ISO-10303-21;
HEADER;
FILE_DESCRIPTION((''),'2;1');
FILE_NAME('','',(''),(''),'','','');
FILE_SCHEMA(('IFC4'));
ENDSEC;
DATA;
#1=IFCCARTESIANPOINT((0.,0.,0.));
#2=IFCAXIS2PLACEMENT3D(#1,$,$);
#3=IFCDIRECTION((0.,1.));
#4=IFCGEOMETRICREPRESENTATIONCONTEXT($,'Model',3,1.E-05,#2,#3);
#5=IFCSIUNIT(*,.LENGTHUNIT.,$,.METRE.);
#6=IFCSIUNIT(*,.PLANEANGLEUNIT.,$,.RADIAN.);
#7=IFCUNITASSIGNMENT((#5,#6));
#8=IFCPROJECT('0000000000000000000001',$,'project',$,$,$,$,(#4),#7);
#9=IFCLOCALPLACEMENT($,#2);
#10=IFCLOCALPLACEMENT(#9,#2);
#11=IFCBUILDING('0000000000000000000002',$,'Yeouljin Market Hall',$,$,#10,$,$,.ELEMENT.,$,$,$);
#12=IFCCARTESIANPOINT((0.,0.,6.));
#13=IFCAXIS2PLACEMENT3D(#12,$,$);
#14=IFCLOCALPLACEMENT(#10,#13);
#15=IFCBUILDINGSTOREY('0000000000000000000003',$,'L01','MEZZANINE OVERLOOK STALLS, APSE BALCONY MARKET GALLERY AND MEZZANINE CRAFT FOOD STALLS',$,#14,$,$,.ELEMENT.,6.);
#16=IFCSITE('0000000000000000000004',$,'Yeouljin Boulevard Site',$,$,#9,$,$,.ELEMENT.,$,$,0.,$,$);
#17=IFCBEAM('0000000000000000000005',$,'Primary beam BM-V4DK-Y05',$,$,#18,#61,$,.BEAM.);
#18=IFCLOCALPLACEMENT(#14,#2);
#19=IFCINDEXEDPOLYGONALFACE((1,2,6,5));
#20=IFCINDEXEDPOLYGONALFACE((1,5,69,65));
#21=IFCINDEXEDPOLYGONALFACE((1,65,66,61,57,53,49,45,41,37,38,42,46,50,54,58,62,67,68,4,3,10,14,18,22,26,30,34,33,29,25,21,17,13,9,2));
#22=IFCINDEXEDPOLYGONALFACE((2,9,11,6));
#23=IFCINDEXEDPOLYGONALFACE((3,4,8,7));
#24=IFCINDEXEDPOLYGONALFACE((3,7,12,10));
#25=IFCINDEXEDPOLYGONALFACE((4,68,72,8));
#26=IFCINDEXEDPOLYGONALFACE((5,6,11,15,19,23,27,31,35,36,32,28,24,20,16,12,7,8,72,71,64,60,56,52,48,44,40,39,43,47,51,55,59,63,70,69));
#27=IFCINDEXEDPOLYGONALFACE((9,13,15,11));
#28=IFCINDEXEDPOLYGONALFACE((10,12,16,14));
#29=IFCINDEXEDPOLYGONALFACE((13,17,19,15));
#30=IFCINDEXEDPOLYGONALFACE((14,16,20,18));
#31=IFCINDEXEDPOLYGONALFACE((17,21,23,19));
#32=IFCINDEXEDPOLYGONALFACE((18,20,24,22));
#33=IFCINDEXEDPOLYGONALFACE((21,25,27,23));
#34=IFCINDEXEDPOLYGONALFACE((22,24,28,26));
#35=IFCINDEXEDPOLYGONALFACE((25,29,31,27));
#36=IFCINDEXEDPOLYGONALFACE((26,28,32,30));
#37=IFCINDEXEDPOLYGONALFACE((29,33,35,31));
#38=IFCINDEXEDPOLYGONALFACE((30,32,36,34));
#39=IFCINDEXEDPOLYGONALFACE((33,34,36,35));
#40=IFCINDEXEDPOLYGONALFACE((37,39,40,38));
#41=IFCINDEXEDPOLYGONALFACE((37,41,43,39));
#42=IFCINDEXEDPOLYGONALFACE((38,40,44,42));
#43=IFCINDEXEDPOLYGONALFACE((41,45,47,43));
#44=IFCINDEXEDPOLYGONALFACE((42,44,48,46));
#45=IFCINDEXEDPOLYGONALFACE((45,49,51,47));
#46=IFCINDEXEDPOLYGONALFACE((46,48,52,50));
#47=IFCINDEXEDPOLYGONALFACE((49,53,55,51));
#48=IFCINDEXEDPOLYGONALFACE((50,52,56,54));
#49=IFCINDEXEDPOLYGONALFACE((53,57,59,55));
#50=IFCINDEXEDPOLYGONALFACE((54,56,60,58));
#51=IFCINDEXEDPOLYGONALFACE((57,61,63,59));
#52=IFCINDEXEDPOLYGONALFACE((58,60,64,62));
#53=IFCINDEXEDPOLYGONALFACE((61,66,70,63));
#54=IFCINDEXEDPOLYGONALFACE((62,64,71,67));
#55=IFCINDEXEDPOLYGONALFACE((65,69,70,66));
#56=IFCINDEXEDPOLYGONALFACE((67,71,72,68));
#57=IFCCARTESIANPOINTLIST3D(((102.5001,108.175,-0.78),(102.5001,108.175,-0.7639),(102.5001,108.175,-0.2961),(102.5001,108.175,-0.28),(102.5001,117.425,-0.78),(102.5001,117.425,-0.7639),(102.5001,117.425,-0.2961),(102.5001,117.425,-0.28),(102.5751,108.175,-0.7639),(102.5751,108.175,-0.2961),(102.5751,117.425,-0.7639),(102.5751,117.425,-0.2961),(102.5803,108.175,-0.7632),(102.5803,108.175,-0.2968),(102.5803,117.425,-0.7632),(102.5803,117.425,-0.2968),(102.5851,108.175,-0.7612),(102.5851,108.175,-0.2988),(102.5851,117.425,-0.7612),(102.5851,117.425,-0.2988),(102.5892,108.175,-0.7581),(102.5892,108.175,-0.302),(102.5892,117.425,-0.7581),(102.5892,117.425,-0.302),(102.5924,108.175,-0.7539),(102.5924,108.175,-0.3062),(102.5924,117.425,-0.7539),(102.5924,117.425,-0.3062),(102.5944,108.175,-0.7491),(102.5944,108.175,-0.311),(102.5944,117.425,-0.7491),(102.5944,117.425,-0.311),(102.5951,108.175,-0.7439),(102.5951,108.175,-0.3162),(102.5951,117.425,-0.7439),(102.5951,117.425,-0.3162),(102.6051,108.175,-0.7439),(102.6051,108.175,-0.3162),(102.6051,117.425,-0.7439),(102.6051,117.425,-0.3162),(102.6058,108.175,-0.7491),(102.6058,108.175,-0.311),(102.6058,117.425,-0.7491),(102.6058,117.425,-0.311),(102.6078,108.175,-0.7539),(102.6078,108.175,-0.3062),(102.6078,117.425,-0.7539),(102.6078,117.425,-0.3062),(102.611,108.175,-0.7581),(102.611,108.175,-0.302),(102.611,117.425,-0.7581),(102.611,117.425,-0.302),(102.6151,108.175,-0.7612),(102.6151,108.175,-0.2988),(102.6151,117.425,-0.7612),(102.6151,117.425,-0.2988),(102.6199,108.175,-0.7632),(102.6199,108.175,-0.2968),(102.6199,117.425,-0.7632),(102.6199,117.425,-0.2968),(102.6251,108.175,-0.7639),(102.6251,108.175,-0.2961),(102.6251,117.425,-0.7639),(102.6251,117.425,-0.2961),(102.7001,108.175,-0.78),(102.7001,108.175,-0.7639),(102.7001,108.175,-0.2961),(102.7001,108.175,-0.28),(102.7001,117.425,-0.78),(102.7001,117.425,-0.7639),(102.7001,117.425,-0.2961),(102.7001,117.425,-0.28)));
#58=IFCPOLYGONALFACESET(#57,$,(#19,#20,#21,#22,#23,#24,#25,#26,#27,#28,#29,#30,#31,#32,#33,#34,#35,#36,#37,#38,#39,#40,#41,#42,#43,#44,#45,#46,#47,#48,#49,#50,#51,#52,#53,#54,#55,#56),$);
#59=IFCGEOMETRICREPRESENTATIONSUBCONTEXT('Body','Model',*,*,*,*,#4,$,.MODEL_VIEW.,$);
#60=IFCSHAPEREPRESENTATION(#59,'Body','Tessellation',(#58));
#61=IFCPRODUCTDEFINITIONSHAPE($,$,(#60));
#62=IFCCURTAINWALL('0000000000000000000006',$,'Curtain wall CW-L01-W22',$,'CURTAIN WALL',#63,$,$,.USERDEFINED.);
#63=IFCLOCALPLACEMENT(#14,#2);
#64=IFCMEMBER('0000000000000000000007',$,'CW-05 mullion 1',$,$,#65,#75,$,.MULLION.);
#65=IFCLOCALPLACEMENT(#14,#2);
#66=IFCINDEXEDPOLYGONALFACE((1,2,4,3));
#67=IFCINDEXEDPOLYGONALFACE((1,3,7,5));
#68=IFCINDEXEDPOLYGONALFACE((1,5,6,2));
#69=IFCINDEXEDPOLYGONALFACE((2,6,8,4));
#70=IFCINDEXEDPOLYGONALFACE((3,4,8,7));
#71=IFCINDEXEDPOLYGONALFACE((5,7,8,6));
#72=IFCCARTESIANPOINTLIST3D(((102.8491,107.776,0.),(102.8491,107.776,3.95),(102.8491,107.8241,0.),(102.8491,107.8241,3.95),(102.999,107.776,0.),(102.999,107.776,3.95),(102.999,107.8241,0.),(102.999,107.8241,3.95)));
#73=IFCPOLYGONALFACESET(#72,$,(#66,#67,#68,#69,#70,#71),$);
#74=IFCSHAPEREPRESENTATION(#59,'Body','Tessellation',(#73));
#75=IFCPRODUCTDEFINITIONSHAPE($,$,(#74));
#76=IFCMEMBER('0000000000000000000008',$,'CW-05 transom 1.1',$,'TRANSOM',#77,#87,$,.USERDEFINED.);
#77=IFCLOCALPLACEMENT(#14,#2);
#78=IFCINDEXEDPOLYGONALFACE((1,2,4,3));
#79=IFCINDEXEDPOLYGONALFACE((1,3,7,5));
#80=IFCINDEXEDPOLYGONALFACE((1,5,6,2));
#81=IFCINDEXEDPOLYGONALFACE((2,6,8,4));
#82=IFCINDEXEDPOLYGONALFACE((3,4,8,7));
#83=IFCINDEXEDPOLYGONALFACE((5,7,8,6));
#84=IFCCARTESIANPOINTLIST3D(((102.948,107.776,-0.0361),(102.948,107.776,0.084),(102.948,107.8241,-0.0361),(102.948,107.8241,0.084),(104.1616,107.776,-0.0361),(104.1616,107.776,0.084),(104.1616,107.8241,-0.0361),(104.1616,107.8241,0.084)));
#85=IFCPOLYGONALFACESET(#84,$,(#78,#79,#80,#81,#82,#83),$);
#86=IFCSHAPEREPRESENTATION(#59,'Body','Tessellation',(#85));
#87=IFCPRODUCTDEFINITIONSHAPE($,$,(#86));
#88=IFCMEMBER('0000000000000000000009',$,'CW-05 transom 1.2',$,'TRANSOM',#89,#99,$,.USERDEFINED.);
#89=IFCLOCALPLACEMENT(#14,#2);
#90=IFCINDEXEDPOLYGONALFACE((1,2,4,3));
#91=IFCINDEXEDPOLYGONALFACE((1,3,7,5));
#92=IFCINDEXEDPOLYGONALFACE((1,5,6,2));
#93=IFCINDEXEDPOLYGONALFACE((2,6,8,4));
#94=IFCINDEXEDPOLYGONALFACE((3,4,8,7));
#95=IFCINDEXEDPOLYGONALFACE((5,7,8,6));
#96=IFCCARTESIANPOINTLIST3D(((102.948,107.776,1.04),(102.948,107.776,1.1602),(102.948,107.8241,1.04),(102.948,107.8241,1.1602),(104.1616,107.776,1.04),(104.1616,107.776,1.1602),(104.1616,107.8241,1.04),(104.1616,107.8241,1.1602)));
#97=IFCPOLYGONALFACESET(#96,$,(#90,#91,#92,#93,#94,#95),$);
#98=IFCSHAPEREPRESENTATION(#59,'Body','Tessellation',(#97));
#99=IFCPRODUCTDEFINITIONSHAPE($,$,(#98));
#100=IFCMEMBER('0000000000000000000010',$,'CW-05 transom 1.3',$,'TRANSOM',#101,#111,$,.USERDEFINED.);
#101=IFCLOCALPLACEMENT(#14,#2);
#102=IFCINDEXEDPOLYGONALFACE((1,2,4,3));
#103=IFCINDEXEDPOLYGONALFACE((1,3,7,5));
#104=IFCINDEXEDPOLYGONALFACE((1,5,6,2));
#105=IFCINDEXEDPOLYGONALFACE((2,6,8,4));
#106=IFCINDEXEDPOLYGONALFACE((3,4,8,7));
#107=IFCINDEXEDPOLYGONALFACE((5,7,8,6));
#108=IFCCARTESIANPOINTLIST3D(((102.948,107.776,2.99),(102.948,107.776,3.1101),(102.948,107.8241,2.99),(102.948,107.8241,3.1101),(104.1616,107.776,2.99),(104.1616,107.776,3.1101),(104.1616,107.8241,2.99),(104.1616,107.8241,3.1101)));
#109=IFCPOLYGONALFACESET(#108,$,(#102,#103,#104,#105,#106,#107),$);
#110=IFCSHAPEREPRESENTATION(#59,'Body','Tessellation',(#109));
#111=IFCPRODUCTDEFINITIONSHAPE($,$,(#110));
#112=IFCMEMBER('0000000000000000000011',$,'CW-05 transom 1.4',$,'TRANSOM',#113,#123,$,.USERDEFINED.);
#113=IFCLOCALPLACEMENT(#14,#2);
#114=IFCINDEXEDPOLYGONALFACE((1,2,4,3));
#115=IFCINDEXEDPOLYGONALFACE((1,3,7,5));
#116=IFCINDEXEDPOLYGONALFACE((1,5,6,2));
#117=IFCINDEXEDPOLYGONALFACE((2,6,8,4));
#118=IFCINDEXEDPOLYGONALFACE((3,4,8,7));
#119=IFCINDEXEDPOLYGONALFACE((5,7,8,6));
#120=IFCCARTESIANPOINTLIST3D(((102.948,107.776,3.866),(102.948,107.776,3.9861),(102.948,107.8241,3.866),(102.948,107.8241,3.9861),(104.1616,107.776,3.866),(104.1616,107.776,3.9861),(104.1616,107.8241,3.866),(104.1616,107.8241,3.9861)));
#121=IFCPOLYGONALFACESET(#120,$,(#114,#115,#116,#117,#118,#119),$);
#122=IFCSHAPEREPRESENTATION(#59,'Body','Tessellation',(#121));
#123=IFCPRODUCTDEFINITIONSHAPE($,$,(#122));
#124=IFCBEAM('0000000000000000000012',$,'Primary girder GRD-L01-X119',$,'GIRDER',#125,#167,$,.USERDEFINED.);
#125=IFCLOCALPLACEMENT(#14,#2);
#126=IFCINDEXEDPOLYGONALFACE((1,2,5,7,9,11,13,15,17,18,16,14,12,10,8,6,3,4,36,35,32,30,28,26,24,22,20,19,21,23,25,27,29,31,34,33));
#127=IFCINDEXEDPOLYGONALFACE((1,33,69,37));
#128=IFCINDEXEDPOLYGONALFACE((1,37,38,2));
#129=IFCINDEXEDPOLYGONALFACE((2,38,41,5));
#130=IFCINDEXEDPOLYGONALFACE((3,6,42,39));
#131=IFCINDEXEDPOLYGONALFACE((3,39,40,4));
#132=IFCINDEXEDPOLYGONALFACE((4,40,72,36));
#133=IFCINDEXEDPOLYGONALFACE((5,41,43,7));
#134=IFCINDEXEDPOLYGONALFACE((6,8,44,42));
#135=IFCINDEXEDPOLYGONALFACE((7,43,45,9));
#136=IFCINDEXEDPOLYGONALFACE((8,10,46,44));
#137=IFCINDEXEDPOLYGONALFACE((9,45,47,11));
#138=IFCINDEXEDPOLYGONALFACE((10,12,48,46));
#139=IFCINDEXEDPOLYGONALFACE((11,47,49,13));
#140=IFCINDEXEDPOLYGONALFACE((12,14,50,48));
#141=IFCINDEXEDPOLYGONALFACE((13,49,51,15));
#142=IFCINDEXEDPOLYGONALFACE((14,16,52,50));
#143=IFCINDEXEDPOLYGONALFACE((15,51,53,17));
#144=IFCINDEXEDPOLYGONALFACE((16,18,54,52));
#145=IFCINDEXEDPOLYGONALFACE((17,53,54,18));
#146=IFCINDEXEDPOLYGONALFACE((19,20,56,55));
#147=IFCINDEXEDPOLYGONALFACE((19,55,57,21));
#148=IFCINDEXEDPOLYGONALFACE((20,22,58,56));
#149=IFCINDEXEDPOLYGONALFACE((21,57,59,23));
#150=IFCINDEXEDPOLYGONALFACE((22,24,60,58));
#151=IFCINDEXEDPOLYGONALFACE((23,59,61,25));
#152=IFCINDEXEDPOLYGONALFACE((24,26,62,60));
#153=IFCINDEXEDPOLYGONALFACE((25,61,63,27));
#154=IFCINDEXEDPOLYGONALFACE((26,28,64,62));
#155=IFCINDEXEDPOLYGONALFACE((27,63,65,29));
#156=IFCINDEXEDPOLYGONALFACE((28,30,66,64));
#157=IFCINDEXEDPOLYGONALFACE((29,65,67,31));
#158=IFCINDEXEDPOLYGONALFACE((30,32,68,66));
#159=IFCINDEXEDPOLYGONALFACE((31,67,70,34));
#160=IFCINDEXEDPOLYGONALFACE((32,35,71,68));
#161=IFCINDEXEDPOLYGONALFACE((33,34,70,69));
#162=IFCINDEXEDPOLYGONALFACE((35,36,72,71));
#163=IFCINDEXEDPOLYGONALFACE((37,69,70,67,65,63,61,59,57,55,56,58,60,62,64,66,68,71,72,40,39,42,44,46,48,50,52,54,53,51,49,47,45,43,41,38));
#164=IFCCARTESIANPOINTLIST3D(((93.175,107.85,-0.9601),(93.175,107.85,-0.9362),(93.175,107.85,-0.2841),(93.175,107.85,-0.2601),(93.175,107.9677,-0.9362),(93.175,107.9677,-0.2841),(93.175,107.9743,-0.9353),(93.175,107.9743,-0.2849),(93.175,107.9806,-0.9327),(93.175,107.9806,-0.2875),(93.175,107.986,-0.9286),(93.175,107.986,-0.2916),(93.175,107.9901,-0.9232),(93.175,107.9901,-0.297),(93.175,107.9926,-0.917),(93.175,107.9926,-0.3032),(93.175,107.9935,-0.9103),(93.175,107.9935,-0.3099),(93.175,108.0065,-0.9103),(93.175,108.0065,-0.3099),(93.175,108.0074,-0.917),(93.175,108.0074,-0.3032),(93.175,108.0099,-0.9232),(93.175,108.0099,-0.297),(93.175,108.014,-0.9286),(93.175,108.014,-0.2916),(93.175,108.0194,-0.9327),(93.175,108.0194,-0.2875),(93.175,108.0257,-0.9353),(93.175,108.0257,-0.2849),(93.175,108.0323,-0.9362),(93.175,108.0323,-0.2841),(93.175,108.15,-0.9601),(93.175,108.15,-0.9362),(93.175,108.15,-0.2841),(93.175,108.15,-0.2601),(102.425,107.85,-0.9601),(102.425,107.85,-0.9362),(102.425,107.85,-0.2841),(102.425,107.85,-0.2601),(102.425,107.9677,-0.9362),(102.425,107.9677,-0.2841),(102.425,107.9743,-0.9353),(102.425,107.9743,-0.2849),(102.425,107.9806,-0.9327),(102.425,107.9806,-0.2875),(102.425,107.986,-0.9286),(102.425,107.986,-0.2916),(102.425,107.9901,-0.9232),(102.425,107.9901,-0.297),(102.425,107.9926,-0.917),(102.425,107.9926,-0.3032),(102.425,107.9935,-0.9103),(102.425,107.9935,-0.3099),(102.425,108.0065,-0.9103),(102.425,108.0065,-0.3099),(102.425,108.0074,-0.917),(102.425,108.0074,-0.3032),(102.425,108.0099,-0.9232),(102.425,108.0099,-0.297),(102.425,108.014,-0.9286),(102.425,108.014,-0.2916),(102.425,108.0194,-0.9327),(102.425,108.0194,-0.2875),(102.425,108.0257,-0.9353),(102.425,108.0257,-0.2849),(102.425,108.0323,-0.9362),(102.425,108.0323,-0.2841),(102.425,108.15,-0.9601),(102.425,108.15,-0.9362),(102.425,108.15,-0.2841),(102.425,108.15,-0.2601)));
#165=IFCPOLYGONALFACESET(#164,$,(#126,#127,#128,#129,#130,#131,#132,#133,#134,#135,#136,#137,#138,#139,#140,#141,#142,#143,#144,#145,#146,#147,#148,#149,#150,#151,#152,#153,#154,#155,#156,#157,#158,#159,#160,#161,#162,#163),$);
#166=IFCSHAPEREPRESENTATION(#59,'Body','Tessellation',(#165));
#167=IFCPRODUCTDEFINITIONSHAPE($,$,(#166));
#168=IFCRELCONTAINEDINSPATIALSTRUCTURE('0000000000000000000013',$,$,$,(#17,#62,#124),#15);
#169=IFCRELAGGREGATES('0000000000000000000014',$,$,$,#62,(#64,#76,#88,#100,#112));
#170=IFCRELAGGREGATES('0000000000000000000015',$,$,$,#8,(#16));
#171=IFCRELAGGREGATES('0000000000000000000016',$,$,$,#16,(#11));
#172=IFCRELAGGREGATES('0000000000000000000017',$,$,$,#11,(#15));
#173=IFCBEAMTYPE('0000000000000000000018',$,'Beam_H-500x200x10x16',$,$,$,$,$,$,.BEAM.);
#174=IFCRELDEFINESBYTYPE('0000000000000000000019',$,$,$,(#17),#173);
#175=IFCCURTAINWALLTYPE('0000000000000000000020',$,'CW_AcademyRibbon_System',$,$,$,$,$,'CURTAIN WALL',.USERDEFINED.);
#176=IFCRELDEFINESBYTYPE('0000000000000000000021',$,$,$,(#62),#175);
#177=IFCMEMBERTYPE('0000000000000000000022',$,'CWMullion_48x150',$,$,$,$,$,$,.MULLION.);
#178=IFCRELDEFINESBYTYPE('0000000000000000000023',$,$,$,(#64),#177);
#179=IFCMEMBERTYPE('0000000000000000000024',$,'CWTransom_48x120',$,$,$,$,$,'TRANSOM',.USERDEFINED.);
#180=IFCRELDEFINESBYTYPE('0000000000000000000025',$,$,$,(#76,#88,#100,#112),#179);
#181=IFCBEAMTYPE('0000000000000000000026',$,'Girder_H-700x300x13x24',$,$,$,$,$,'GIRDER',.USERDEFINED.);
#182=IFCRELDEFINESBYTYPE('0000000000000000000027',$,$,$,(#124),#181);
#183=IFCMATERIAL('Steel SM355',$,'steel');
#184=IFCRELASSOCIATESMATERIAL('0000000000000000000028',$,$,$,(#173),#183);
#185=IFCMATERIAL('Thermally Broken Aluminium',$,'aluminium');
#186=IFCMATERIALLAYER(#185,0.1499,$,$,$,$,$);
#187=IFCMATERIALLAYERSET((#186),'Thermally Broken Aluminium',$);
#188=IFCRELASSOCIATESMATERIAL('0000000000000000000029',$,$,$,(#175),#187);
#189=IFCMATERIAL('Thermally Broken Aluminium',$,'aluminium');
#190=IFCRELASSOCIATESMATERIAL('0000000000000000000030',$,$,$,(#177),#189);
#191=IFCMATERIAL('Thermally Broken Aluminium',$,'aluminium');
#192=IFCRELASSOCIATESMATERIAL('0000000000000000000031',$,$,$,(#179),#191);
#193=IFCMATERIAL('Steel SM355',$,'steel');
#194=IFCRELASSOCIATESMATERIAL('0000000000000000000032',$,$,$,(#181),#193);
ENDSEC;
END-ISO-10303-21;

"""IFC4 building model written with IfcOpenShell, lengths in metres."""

from ifc_helpers import new_model, si_unit, direction, frame, origin, origin_2d, place, context, subcontext, project, spatial, rectangle, i_section, extrude, material, layer, layer_set, material_profile, profile_set, type_object, element, aggregate, save


model = new_model("IFC4")

# Units and contexts
model_context = context("Model", 3, precision=1e-05, world=origin(), true_north=direction((0.0, 1.0)))
body_context = subcontext(model_context, "Body", "Model", "MODEL_VIEW")
ifc_project = project(units=[si_unit("LENGTHUNIT", "METRE"), si_unit("PLANEANGLEUNIT", "RADIAN")], contexts=[model_context])

# Site, building, storey
site_placement = place(None, origin())
site = spatial("IfcSite", under=ifc_project, at=site_placement, Name="Yeouljin Boulevard Site", CompositionType="ELEMENT", RefElevation=0.0)
building_placement = place(site_placement, origin())
building = spatial("IfcBuilding", under=site, at=building_placement, Name="Yeouljin Market Hall", CompositionType="ELEMENT")
storey_placement = place(building_placement, frame((0.0, 0.0, 6.0)))
storey = spatial("IfcBuildingStorey", under=building, at=storey_placement, Name="L01", Description="MEZZANINE OVERLOOK STALLS, APSE BALCONY MARKET GALLERY AND MEZZANINE CRAFT FOOD STALLS", CompositionType="ELEMENT", Elevation=6.0)

# Beam
ifc_material_1 = material(Name="Steel SM355", Category="steel")
ifc_material_profile_1 = material_profile(ifc_material_1, i_section(OverallWidth=0.2, OverallDepth=0.5, WebThickness=0.01, FlangeThickness=0.0161, FilletRadius=0.02, at=origin_2d()), Name="H-500x200x10x16")
ifc_profile_set_1 = profile_set([ifc_material_profile_1], Name="Steel SM355")
beam_type_1 = type_object("IfcBeamType", Name="Beam_H-500x200x10x16", PredefinedType="BEAM", material=ifc_profile_set_1)
for number, where, z_axis, x_axis, name in (
    (1, (102.6001, 108.175, -0.53), (0.0, 1.0, 0.0), (-1.0, 0.0, 0.0), "Primary beam BM-V4DK-Y05"),
):
    element("IfcBeam", number, at=place(storey_placement, frame(where, z_axis=z_axis, x_axis=x_axis)), inside=storey, type_object=beam_type_1, Name=name, PredefinedType="BEAM", context=body_context, shape_type="SweptSolid", body=[
        extrude(i_section(OverallWidth=0.2, OverallDepth=0.5, WebThickness=0.01, FlangeThickness=0.0161, FilletRadius=0.02, at=origin_2d()), origin(), (0.0, 0.0, 1.0), 9.25),
    ])

# Curtain wall, members
ifc_material_2 = material(Name="Thermally Broken Aluminium", Category="aluminium")
ifc_layer_1 = layer(ifc_material_2, 0.1499)
ifc_layer_set_1 = layer_set([ifc_layer_1], Name="Thermally Broken Aluminium")
curtain_wall_type = type_object("IfcCurtainWallType", Name="CW_AcademyRibbon_System", ElementType="CURTAIN WALL", PredefinedType="USERDEFINED", material=ifc_layer_set_1)
curtain_wall_placement = place(storey_placement, origin())
curtain_wall = element("IfcCurtainWall", 2, at=curtain_wall_placement, inside=storey, type_object=curtain_wall_type, Name="Curtain wall CW-L01-W22", ObjectType="CURTAIN WALL", PredefinedType="USERDEFINED")
ifc_material_3 = material(Name="Thermally Broken Aluminium", Category="aluminium")
ifc_material_profile_2 = material_profile(ifc_material_3, rectangle(XDim=0.0481, YDim=0.1499, at=origin_2d()), Name="CW-MULL-48x150")
ifc_profile_set_2 = profile_set([ifc_material_profile_2], Name="Thermally Broken Aluminium")
member_type_1 = type_object("IfcMemberType", Name="CWMullion_48x150", PredefinedType="MULLION", material=ifc_profile_set_2)
member_1_placement = place(storey_placement, frame((102.9241, 107.8, 0.0), z_axis=(0.0, 0.0, 1.0), x_axis=(0.0, 1.0, 0.0)))
member_1 = element("IfcMember", 3, at=member_1_placement, type_object=member_type_1, Name="CW-05 mullion 1", PredefinedType="MULLION", context=body_context, shape_type="SweptSolid", body=[
    extrude(rectangle(XDim=0.0481, YDim=0.1499, at=origin_2d()), origin(), (0.0, 0.0, 1.0), 3.95),
])
ifc_material_4 = material(Name="Thermally Broken Aluminium", Category="aluminium")
ifc_material_profile_3 = material_profile(ifc_material_4, rectangle(XDim=0.0481, YDim=0.1201, at=origin_2d()), Name="CW-TRAN-48x120")
ifc_profile_set_3 = profile_set([ifc_material_profile_3], Name="Thermally Broken Aluminium")
member_type_2 = type_object("IfcMemberType", Name="CWTransom_48x120", ElementType="TRANSOM", PredefinedType="USERDEFINED", material=ifc_profile_set_3)
member_2_placement = place(storey_placement, frame((102.948, 107.8, 0.0239), z_axis=(1.0, 0.0, 0.0), x_axis=(0.0, 1.0, 0.0)))
member_2 = element("IfcMember", 4, at=member_2_placement, type_object=member_type_2, Name="CW-05 transom 1.1", ObjectType="TRANSOM", PredefinedType="USERDEFINED", context=body_context, shape_type="SweptSolid", body=[
    extrude(rectangle(XDim=0.0481, YDim=0.1201, at=origin_2d()), origin(), (0.0, 0.0, 1.0), 1.2136),
])
member_3_placement = place(storey_placement, frame((102.948, 107.8, 1.1001), z_axis=(1.0, 0.0, 0.0), x_axis=(0.0, 1.0, 0.0)))
member_3 = element("IfcMember", 5, at=member_3_placement, type_object=member_type_2, Name="CW-05 transom 1.2", ObjectType="TRANSOM", PredefinedType="USERDEFINED", context=body_context, shape_type="SweptSolid", body=[
    extrude(rectangle(XDim=0.0481, YDim=0.1201, at=origin_2d()), origin(), (0.0, 0.0, 1.0), 1.2136),
])
member_4_placement = place(storey_placement, frame((102.948, 107.8, 3.05), z_axis=(1.0, 0.0, 0.0), x_axis=(0.0, 1.0, 0.0)))
member_4 = element("IfcMember", 6, at=member_4_placement, type_object=member_type_2, Name="CW-05 transom 1.3", ObjectType="TRANSOM", PredefinedType="USERDEFINED", context=body_context, shape_type="SweptSolid", body=[
    extrude(rectangle(XDim=0.0481, YDim=0.1201, at=origin_2d()), origin(), (0.0, 0.0, 1.0), 1.2136),
])
member_5_placement = place(storey_placement, frame((102.948, 107.8, 3.926), z_axis=(1.0, 0.0, 0.0), x_axis=(0.0, 1.0, 0.0)))
member_5 = element("IfcMember", 7, at=member_5_placement, type_object=member_type_2, Name="CW-05 transom 1.4", ObjectType="TRANSOM", PredefinedType="USERDEFINED", context=body_context, shape_type="SweptSolid", body=[
    extrude(rectangle(XDim=0.0481, YDim=0.1201, at=origin_2d()), origin(), (0.0, 0.0, 1.0), 1.2136),
])

# Beam
ifc_material_5 = material(Name="Steel SM355", Category="steel")
ifc_material_profile_4 = material_profile(ifc_material_5, i_section(OverallWidth=0.3, OverallDepth=0.7, WebThickness=0.0129, FlangeThickness=0.0239, FilletRadius=0.0259, at=origin_2d()), Name="H-700x300x13x24")
ifc_profile_set_4 = profile_set([ifc_material_profile_4], Name="Steel SM355")
beam_type_2 = type_object("IfcBeamType", Name="Girder_H-700x300x13x24", ElementType="GIRDER", PredefinedType="USERDEFINED", material=ifc_profile_set_4)
for number, where, z_axis, x_axis, name in (
    (8, (93.175, 108.0, -0.6101), (1.0, 0.0, 0.0), (0.0, 1.0, 0.0), "Primary girder GRD-L01-X119"),
):
    element("IfcBeam", number, at=place(storey_placement, frame(where, z_axis=z_axis, x_axis=x_axis)), inside=storey, type_object=beam_type_2, Name=name, ObjectType="GIRDER", PredefinedType="USERDEFINED", context=body_context, shape_type="SweptSolid", body=[
        extrude(i_section(OverallWidth=0.3, OverallDepth=0.7, WebThickness=0.0129, FlangeThickness=0.0239, FilletRadius=0.0259, at=origin_2d()), origin(), (0.0, 0.0, 1.0), 9.25),
    ])

aggregate(curtain_wall, [member_1, member_2, member_3, member_4, member_5])

save(model, "model.ifc")
